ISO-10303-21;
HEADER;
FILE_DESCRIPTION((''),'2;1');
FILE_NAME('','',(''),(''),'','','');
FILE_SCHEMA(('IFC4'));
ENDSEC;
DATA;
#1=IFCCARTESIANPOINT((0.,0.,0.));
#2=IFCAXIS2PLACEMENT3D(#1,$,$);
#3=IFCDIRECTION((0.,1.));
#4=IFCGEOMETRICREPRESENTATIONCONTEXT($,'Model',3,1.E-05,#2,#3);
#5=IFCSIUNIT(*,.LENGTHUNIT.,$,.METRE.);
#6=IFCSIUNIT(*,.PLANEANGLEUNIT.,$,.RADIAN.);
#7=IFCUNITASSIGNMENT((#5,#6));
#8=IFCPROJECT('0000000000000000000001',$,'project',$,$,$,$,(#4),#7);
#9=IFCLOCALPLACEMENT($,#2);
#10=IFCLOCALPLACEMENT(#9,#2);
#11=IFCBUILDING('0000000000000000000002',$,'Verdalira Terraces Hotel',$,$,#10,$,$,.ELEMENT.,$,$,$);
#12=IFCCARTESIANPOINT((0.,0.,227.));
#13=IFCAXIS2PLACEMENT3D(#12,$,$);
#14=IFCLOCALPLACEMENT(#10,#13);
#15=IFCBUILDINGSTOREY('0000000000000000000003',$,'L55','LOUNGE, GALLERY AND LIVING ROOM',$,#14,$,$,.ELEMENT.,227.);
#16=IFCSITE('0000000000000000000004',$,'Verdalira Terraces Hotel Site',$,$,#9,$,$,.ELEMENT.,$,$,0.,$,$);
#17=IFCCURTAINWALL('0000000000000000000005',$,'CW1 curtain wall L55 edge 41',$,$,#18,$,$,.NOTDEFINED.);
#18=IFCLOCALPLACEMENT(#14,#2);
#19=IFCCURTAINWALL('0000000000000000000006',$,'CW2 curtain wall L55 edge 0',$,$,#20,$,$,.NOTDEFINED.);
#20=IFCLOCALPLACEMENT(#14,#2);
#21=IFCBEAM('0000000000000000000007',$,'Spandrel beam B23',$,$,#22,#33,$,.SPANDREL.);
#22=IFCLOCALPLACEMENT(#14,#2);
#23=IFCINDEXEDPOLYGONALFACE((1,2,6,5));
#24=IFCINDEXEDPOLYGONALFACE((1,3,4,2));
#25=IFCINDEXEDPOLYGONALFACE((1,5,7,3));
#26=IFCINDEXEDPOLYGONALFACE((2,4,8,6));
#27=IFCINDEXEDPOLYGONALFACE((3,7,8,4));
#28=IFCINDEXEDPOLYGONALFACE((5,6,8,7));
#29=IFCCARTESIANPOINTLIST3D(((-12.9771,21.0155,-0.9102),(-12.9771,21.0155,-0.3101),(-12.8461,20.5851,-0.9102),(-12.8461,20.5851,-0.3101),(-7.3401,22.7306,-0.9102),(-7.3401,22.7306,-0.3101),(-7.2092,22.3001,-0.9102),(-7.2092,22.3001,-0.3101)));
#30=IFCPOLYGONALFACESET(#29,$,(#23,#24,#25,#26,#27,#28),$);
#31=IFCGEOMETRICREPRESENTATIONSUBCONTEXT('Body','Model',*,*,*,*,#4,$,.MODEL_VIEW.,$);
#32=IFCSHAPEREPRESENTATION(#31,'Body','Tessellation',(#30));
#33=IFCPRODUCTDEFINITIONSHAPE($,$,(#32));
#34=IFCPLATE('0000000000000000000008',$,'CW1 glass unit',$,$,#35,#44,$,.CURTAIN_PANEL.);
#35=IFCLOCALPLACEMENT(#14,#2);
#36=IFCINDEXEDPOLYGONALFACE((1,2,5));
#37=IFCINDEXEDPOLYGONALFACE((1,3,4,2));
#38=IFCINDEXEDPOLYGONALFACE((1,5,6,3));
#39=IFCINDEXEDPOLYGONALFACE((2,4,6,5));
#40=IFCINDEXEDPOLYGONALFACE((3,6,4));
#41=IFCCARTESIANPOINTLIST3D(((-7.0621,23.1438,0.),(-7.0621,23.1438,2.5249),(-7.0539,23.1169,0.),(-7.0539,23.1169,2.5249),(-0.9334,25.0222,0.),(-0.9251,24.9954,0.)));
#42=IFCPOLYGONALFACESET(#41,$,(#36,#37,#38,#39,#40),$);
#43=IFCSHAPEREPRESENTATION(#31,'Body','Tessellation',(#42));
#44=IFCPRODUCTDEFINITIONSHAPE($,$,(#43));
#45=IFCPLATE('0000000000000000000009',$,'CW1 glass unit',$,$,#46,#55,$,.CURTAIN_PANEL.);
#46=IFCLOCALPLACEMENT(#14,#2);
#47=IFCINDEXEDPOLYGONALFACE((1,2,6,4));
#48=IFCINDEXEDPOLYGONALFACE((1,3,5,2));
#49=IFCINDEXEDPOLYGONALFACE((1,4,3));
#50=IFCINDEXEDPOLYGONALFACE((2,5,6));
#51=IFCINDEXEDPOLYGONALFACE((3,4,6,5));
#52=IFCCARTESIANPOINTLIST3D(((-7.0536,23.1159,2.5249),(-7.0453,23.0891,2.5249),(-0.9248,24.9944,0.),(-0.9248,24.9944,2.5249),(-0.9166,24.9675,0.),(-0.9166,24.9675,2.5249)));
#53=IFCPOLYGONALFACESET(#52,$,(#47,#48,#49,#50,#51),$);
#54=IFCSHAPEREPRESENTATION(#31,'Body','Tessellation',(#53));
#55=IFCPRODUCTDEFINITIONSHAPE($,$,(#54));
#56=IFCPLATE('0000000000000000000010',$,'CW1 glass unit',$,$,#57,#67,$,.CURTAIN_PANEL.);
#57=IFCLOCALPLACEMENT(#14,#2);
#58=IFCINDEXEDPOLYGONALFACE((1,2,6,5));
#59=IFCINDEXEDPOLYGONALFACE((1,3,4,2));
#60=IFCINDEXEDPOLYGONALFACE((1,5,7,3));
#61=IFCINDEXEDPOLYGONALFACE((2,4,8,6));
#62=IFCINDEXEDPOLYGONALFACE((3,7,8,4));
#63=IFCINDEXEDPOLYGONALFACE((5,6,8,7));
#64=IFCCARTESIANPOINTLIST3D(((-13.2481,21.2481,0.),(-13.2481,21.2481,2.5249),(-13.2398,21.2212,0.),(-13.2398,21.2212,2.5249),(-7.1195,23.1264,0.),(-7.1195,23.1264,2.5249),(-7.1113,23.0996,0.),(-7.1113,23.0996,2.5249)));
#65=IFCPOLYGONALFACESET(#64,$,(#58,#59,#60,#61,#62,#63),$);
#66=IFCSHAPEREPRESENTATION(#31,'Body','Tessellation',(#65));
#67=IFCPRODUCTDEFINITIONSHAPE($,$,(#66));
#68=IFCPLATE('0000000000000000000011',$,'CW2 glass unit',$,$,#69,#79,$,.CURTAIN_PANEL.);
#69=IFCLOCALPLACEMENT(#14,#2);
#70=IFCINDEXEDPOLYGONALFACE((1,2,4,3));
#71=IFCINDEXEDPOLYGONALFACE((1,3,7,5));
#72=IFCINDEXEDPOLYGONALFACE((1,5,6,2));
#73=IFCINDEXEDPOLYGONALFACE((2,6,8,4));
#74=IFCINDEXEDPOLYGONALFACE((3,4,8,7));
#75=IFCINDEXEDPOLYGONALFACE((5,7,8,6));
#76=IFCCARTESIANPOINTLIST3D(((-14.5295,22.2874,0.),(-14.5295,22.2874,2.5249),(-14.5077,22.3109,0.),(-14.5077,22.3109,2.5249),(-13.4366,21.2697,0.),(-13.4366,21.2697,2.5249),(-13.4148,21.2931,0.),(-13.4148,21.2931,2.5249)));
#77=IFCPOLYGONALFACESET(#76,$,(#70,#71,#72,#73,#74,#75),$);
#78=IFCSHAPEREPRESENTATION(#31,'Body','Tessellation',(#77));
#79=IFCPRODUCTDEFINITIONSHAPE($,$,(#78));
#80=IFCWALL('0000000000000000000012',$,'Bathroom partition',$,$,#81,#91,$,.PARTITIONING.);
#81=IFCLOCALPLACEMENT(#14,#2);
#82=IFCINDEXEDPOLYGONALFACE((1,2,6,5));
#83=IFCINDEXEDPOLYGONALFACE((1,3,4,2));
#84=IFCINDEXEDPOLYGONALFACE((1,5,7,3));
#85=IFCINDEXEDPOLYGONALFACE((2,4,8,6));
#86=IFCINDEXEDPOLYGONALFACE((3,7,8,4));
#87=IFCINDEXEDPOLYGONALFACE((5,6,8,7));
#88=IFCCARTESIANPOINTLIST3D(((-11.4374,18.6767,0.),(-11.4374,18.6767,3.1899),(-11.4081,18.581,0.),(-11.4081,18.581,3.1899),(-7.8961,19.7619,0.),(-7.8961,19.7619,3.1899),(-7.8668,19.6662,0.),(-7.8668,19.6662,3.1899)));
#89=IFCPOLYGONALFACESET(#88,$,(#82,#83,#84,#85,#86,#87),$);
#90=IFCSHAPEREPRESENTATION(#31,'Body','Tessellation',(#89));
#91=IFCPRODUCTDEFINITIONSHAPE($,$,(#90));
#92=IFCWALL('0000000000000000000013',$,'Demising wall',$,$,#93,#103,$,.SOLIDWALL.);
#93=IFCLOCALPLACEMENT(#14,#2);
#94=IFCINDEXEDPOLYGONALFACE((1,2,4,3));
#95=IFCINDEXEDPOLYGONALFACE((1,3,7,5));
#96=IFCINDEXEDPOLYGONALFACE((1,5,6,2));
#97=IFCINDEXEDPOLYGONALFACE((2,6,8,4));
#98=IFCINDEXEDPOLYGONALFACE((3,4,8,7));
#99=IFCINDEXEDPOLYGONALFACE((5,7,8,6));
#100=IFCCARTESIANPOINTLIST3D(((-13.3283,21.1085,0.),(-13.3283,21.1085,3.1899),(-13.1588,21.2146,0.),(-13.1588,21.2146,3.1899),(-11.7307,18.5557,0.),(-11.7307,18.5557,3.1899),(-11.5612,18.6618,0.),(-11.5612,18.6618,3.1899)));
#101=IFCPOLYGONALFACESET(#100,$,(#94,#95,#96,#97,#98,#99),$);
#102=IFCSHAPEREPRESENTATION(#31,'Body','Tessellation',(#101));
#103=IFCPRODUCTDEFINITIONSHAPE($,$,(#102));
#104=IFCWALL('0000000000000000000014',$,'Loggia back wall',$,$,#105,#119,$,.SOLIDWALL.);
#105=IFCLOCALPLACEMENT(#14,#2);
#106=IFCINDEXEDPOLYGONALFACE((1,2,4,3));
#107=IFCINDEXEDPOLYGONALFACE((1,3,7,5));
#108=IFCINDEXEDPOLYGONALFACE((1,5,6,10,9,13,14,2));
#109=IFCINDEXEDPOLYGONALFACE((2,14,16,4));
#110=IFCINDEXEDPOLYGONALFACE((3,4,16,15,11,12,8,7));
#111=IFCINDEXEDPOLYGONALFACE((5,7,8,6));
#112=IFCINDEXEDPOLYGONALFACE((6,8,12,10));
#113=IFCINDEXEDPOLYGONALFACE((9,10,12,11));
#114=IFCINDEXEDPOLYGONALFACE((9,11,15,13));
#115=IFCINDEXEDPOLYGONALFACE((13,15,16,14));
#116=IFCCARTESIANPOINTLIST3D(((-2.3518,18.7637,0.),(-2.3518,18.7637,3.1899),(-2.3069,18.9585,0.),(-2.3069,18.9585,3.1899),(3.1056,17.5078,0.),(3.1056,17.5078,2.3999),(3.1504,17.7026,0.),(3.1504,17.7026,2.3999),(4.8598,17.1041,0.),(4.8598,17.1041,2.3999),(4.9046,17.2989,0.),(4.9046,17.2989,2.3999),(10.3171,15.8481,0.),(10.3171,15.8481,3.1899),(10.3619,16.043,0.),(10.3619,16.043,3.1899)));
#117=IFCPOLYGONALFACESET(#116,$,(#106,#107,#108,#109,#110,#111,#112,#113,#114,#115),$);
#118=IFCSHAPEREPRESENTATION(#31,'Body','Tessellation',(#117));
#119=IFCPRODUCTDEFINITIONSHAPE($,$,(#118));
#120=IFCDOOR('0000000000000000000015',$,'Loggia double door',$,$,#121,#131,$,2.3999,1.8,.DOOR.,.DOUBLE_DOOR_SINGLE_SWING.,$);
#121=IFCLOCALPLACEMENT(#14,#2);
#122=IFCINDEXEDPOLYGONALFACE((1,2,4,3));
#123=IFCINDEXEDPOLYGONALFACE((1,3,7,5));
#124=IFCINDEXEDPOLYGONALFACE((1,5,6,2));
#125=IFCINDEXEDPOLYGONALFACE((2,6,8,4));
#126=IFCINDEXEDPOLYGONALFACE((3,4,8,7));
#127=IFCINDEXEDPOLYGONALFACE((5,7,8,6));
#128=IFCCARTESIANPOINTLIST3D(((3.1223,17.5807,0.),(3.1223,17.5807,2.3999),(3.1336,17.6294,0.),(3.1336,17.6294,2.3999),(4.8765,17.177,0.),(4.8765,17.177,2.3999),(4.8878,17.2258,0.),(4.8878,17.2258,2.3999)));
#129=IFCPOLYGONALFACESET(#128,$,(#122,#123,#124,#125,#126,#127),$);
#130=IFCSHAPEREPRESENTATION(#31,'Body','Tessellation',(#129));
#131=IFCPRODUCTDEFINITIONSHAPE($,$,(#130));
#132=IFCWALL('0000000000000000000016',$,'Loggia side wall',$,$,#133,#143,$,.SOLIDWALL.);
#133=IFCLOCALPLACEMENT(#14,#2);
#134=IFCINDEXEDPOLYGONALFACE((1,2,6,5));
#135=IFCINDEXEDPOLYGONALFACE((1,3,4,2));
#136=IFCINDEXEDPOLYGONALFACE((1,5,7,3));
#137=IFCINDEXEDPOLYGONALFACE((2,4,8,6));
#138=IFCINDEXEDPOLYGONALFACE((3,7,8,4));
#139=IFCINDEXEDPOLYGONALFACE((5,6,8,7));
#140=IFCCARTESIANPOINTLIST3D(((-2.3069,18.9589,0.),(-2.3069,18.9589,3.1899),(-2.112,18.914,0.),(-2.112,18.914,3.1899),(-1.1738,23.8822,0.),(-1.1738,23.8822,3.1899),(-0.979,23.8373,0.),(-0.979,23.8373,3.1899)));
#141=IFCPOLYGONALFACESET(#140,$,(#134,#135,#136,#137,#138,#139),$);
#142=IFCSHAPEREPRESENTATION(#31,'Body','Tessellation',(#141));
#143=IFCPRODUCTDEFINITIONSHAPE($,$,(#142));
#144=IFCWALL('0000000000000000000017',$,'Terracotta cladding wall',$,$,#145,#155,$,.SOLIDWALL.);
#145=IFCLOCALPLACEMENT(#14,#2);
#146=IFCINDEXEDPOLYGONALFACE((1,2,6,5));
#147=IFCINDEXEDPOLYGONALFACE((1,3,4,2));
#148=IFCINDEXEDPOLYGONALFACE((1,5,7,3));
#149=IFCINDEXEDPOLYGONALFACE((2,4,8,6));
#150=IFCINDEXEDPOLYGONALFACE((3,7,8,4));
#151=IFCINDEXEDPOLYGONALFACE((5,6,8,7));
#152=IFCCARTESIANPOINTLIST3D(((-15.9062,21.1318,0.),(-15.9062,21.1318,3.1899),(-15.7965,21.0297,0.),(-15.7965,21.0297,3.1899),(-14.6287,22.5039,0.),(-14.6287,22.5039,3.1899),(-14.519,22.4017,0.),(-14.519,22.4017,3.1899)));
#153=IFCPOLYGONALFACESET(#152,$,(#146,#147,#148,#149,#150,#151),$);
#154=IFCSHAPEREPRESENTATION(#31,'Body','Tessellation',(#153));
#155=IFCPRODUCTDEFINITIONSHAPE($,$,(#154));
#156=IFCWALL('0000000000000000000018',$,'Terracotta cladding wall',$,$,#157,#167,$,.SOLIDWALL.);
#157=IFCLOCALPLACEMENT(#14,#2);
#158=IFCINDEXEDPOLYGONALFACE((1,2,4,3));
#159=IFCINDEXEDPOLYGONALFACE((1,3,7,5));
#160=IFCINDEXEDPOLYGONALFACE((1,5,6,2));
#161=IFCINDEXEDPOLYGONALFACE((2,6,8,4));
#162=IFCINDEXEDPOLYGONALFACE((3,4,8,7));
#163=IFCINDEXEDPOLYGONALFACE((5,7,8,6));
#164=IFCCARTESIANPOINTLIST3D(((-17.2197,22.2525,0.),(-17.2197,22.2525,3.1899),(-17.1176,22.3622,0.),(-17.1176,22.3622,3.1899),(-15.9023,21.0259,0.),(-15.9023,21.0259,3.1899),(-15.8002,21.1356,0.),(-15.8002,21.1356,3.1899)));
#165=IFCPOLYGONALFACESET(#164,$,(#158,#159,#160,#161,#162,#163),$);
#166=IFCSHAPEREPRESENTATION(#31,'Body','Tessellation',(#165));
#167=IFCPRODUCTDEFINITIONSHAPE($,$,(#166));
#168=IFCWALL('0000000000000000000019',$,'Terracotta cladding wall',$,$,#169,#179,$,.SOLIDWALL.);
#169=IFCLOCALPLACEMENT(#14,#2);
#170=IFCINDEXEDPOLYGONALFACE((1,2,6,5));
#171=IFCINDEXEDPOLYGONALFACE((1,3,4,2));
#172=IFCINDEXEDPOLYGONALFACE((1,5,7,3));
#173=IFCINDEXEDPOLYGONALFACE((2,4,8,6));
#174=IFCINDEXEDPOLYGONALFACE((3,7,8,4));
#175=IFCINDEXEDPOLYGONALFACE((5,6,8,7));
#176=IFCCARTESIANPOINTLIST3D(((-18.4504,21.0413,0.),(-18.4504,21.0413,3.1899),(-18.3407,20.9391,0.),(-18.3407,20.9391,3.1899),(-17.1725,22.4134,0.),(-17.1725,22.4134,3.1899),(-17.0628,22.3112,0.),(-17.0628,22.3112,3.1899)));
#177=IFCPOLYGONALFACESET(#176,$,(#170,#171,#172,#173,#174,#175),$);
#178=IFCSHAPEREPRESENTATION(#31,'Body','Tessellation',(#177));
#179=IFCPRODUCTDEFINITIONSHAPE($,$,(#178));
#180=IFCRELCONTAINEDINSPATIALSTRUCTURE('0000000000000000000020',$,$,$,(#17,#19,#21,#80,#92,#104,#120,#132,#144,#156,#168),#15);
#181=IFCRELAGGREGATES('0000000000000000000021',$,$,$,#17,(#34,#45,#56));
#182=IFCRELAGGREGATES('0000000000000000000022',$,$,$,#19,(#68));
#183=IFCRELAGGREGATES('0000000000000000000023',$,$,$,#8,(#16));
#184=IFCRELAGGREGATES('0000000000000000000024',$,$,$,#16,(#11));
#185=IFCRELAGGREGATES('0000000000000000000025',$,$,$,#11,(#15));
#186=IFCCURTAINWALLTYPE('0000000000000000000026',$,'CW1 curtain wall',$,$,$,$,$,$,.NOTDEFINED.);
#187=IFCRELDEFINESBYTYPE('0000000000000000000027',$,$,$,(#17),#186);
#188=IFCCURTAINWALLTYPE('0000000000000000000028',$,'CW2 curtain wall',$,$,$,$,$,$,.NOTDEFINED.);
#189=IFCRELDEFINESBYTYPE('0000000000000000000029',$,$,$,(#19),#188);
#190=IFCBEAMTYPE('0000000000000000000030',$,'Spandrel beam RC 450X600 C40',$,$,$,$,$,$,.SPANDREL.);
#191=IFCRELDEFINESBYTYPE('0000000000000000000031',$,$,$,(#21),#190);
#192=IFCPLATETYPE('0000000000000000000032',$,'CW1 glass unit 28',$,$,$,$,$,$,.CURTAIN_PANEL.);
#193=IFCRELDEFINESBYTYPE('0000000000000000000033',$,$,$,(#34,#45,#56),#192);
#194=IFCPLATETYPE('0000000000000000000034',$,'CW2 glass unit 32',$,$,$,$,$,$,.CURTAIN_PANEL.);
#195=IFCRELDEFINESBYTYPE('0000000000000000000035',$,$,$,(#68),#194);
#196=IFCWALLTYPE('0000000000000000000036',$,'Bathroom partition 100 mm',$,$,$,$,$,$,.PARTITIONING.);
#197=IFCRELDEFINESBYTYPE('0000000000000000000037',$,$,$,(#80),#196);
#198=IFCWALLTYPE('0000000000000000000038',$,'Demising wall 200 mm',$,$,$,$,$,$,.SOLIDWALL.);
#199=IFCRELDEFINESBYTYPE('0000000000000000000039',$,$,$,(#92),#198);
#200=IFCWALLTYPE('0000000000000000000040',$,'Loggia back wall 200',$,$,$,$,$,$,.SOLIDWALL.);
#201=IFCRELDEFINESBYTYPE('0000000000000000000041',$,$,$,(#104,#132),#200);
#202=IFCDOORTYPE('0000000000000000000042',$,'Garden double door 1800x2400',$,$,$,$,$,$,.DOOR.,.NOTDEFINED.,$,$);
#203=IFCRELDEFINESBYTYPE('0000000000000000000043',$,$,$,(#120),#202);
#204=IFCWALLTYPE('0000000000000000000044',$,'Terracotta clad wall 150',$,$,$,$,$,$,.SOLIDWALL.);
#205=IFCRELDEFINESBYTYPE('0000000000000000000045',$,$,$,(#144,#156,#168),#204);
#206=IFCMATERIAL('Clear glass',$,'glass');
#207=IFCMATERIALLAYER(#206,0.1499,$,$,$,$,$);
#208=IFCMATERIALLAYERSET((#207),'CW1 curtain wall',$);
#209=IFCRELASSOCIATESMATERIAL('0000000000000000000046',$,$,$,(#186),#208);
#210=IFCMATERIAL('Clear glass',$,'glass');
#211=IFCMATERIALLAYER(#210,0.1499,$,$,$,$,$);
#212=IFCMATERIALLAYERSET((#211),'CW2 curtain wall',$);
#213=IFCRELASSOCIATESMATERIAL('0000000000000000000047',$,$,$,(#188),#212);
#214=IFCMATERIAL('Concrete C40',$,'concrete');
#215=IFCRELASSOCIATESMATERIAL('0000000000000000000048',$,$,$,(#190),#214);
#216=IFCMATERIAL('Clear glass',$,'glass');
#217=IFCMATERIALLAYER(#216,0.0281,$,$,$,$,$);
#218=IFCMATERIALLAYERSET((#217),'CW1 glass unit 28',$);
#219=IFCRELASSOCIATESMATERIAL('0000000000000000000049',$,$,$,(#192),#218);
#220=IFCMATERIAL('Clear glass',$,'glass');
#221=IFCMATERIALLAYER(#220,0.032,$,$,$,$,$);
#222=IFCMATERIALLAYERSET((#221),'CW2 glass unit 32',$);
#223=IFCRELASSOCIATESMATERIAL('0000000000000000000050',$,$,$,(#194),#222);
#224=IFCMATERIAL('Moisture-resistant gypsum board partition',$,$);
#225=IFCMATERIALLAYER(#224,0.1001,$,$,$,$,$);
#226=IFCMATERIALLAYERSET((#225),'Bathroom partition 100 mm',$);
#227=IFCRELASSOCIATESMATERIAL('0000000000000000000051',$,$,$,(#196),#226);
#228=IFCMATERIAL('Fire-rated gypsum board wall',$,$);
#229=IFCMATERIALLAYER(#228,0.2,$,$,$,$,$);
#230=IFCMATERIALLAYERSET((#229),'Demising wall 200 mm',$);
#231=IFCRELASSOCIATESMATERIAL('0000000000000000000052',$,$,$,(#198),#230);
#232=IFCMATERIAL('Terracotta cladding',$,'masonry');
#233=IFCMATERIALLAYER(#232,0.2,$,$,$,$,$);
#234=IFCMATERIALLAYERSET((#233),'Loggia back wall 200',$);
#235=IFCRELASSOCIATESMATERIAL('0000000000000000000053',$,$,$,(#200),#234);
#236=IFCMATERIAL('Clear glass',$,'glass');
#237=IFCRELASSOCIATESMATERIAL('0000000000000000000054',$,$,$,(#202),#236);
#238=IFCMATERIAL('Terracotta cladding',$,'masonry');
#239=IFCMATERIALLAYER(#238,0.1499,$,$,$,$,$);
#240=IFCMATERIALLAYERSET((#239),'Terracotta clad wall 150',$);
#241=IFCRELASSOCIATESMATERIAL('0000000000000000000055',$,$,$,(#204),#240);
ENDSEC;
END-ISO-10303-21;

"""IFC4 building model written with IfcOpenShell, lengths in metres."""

from ifc_helpers import new_model, si_unit, direction, frame, frame_2d, origin, origin_2d, place, context, subcontext, project, spatial, polyline, rectangle, outline, extrude, material, layer, layer_set, material_profile, profile_set, type_object, element, fill, aggregate, save


model = new_model("IFC4")

# Units and contexts
model_context = context("Model", 3, precision=1e-05, world=origin(), true_north=direction((0.0, 1.0)))
body_context = subcontext(model_context, "Body", "Model", "MODEL_VIEW")
ifc_project = project(units=[si_unit("LENGTHUNIT", "METRE"), si_unit("PLANEANGLEUNIT", "RADIAN")], contexts=[model_context])

# Site, building, storey
site_placement = place(None, origin())
site = spatial("IfcSite", under=ifc_project, at=site_placement, Name="Verdalira Terraces Hotel Site", CompositionType="ELEMENT", RefElevation=0.0)
building_placement = place(site_placement, origin())
building = spatial("IfcBuilding", under=site, at=building_placement, Name="Verdalira Terraces Hotel", CompositionType="ELEMENT")
storey_placement = place(building_placement, frame((0.0, 0.0, 227.0)))
storey = spatial("IfcBuildingStorey", under=building, at=storey_placement, Name="L55", Description="LOUNGE, GALLERY AND LIVING ROOM", CompositionType="ELEMENT", Elevation=227.0)

# Curtain walls
ifc_material_1 = material(Name="Clear glass", Category="glass")
ifc_layer_1 = layer(ifc_material_1, 0.1499)
ifc_layer_set_1 = layer_set([ifc_layer_1], Name="CW1 curtain wall")
curtain_wall_type_1 = type_object("IfcCurtainWallType", Name="CW1 curtain wall", PredefinedType="NOTDEFINED", material=ifc_layer_set_1)
curtain_wall_1_placement = place(storey_placement, origin())
curtain_wall_1 = element("IfcCurtainWall", 1, at=curtain_wall_1_placement, inside=storey, type_object=curtain_wall_type_1, Name="CW1 curtain wall L55 edge 41", PredefinedType="NOTDEFINED")
ifc_material_2 = material(Name="Clear glass", Category="glass")
ifc_layer_2 = layer(ifc_material_2, 0.1499)
ifc_layer_set_2 = layer_set([ifc_layer_2], Name="CW2 curtain wall")
curtain_wall_type_2 = type_object("IfcCurtainWallType", Name="CW2 curtain wall", PredefinedType="NOTDEFINED", material=ifc_layer_set_2)
curtain_wall_2_placement = place(storey_placement, origin())
curtain_wall_2 = element("IfcCurtainWall", 2, at=curtain_wall_2_placement, inside=storey, type_object=curtain_wall_type_2, Name="CW2 curtain wall L55 edge 0", PredefinedType="NOTDEFINED")

# Beam
ifc_material_3 = material(Name="Concrete C40", Category="concrete")
ifc_material_profile_1 = material_profile(ifc_material_3, rectangle(XDim=0.45, YDim=0.6001, at=origin_2d()), Name="RC 450X600")
ifc_profile_set_1 = profile_set([ifc_material_profile_1], Name="Concrete C40")
beam_type = type_object("IfcBeamType", Name="Spandrel beam RC 450X600 C40", PredefinedType="SPANDREL", material=ifc_profile_set_1)
beam_1_placement = place(storey_placement, frame((-7.2747, 22.5154, -0.6101), z_axis=(-0.956698, -0.291082, 0.0), x_axis=(0.291082, -0.956698, 0.0)))
element("IfcBeam", 3, at=beam_1_placement, inside=storey, type_object=beam_type, Name="Spandrel beam B23", PredefinedType="SPANDREL", context=body_context, shape_type="SweptSolid", body=[
    extrude(rectangle(XDim=0.45, YDim=0.6001, at=origin_2d()), origin(), (0.0, 0.0, 1.0), 5.8921),
])

# Plates
ifc_material_4 = material(Name="Clear glass", Category="glass")
ifc_layer_3 = layer(ifc_material_4, 0.0281)
ifc_layer_set_3 = layer_set([ifc_layer_3], Name="CW1 glass unit 28")
plate_type_1 = type_object("IfcPlateType", Name="CW1 glass unit 28", PredefinedType="CURTAIN_PANEL", material=ifc_layer_set_3)
plate_1_placement = place(storey_placement, frame((-3.9895, 24.0562, 1.2625), z_axis=(-0.293039, 0.9561, 0.0), x_axis=(-0.9561, -0.293039, 0.0)))
plate_1 = element("IfcPlate", 4, at=plate_1_placement, type_object=plate_type_1, Name="CW1 glass unit", PredefinedType="CURTAIN_PANEL", context=body_context, shape_type="SweptSolid", body=[
    extrude(outline(polyline([(-3.2051, -1.2625), (3.2051, -1.2625), (3.2051, 1.2625), (-3.2051, -1.2625)])), origin(), (0.0, 0.0, 1.0), 0.0281),
])
plate_2_placement = place(storey_placement, frame((-3.981, 24.0283, 1.2625), z_axis=(-0.293039, 0.9561, 0.0), x_axis=(-0.9561, -0.293039, 0.0)))
plate_2 = element("IfcPlate", 5, at=plate_2_placement, type_object=plate_type_1, Name="CW1 glass unit", PredefinedType="CURTAIN_PANEL", context=body_context, shape_type="SweptSolid", body=[
    extrude(outline(polyline([(-3.2051, -1.2625), (3.2051, 1.2625), (-3.2051, 1.2625), (-3.2051, -1.2625)])), origin(), (0.0, 0.0, 1.0), 0.0281),
])
plate_3_placement = place(storey_placement, frame((-10.1797, 22.1738, 0.0), z_axis=(0.0, 0.0, 1.0), x_axis=(-0.9561, -0.293039, 0.0)))
plate_3 = element("IfcPlate", 6, at=plate_3_placement, type_object=plate_type_1, Name="CW1 glass unit", PredefinedType="CURTAIN_PANEL", context=body_context, shape_type="SweptSolid", body=[
    extrude(rectangle(XDim=6.4099, YDim=0.0281, at=origin_2d()), origin(), (0.0, 0.0, 1.0), 2.5249),
])
aggregate(curtain_wall_1, [plate_1, plate_2, plate_3])
ifc_material_5 = material(Name="Clear glass", Category="glass")
ifc_layer_4 = layer(ifc_material_5, 0.032)
ifc_layer_set_4 = layer_set([ifc_layer_4], Name="CW2 glass unit 32")
plate_type_2 = type_object("IfcPlateType", Name="CW2 glass unit 32", PredefinedType="CURTAIN_PANEL", material=ifc_layer_set_4)
plate_4_placement = place(storey_placement, frame((-13.9722, 21.7903, 0.0), z_axis=(0.0, 0.0, 1.0), x_axis=(-0.73183, 0.681488, 0.0)))
plate_4 = element("IfcPlate", 7, at=plate_4_placement, type_object=plate_type_2, Name="CW2 glass unit", PredefinedType="CURTAIN_PANEL", context=body_context, shape_type="SweptSolid", body=[
    extrude(rectangle(XDim=1.4934, YDim=0.032, at=origin_2d()), origin(), (0.0, 0.0, 1.0), 2.5249),
])
aggregate(curtain_wall_2, [plate_4])

# Walls
ifc_material_6 = material(Name="Moisture-resistant gypsum board partition")
ifc_layer_5 = layer(ifc_material_6, 0.1001)
ifc_layer_set_5 = layer_set([ifc_layer_5], Name="Bathroom partition 100 mm")
wall_type_1 = type_object("IfcWallType", Name="Bathroom partition 100 mm", PredefinedType="PARTITIONING", material=ifc_layer_set_5)
wall_1_placement = place(storey_placement, frame((-7.8813, 19.7141, 0.0), z_axis=(0.0, 0.0, 1.0), x_axis=(-0.956113, -0.292997, 0.0)))
element("IfcWall", 8, at=wall_1_placement, inside=storey, type_object=wall_type_1, Name="Bathroom partition", PredefinedType="PARTITIONING", context=body_context, shape_type="SweptSolid", body=[
    extrude(rectangle(XDim=3.7039, YDim=0.1001, at=frame_2d((1.8521, 0.0))), origin(), (0.0, 0.0, 1.0), 3.1899),
])
ifc_material_7 = material(Name="Fire-rated gypsum board wall")
ifc_layer_6 = layer(ifc_material_7, 0.2)
ifc_layer_set_6 = layer_set([ifc_layer_6], Name="Demising wall 200 mm")
wall_type_2 = type_object("IfcWallType", Name="Demising wall 200 mm", PredefinedType="SOLIDWALL", material=ifc_layer_set_6)
wall_2_placement = place(storey_placement, frame((-13.2437, 21.1616, 0.0), z_axis=(0.0, 0.0, 1.0), x_axis=(0.530524, -0.84767, 0.0)))
element("IfcWall", 9, at=wall_2_placement, inside=storey, type_object=wall_type_2, Name="Demising wall", PredefinedType="SOLIDWALL", context=body_context, shape_type="SweptSolid", body=[
    extrude(rectangle(XDim=3.0115, YDim=0.2, at=frame_2d((1.5059, 0.0))), origin(), (0.0, 0.0, 1.0), 3.1899),
])

# Wall, opening, door
ifc_material_8 = material(Name="Terracotta cladding", Category="masonry")
ifc_layer_7 = layer(ifc_material_8, 0.2)
ifc_layer_set_7 = layer_set([ifc_layer_7], Name="Loggia back wall 200")
wall_type_3 = type_object("IfcWallType", Name="Loggia back wall 200", PredefinedType="SOLIDWALL", material=ifc_layer_set_7)
wall_3_placement = place(storey_placement, frame((-2.3293, 18.8611, 0.0), z_axis=(0.0, 0.0, 1.0), x_axis=(0.974527, -0.22427, 0.0)))
wall_3 = element("IfcWall", 10, at=wall_3_placement, inside=storey, type_object=wall_type_3, Name="Loggia back wall", PredefinedType="SOLIDWALL", context=body_context, shape_type="SweptSolid", body=[
    extrude(rectangle(XDim=13.0, YDim=0.2, at=frame_2d((6.5, 0.0))), origin(), (0.0, 0.0, 1.0), 3.1899),
])
opening_placement = place(wall_3_placement, frame((5.6001, 0.0, 0.0)))
opening = element("IfcOpeningElement", 11, at=opening_placement, cuts=wall_3, PredefinedType="OPENING", context=body_context, shape_type="SweptSolid", body=[
    extrude(rectangle(XDim=1.8, YDim=2.3999, at=frame_2d((0.8999, 1.2))), frame((0.0, 0.1099, 0.0), z_axis=(0.0, -1.0, 0.0), x_axis=(1.0, 0.0, 0.0)), (0.0, 0.0, 1.0), 0.22),
])
ifc_material_9 = material(Name="Clear glass", Category="glass")
door_type = type_object("IfcDoorType", Name="Garden double door 1800x2400", OperationType="NOTDEFINED", PredefinedType="DOOR", material=ifc_material_9)
door_placement = place(opening_placement, origin())
door = element("IfcDoor", 12, at=door_placement, inside=storey, type_object=door_type, Name="Loggia double door", OperationType="DOUBLE_DOOR_SINGLE_SWING", OverallHeight=2.3999, OverallWidth=1.8, PredefinedType="DOOR", context=body_context, shape_type="SweptSolid", body=[
    extrude(rectangle(XDim=1.8, YDim=2.3999, at=frame_2d((0.8999, 1.2))), frame((0.0, 0.0249, 0.0), z_axis=(0.0, -1.0, 0.0), x_axis=(1.0, 0.0, 0.0)), (0.0, 0.0, 1.0), 0.05),
])
fill(opening, door)

# Walls
wall_4_placement = place(storey_placement, frame((-1.0764, 23.8596, 0.0), z_axis=(0.0, 0.0, 1.0), x_axis=(-0.224277, -0.974525, 0.0)))
element("IfcWall", 13, at=wall_4_placement, inside=storey, type_object=wall_type_3, Name="Loggia side wall", PredefinedType="SOLIDWALL", context=body_context, shape_type="SweptSolid", body=[
    extrude(rectangle(XDim=5.052, YDim=0.2, at=frame_2d((2.5259, 0.0))), origin(), (0.0, 0.0, 1.0), 3.1899),
])
ifc_material_10 = material(Name="Terracotta cladding", Category="masonry")
ifc_layer_8 = layer(ifc_material_10, 0.1499)
ifc_layer_set_8 = layer_set([ifc_layer_8], Name="Terracotta clad wall 150")
wall_type_4 = type_object("IfcWallType", Name="Terracotta clad wall 150", PredefinedType="SOLIDWALL", material=ifc_layer_set_8)
wall_5_placement = place(storey_placement, frame((-14.5737, 22.4529, 0.0), z_axis=(0.0, 0.0, 1.0), x_axis=(-0.681459, -0.731856, 0.0)))
element("IfcWall", 14, at=wall_5_placement, inside=storey, type_object=wall_type_4, Name="Terracotta cladding wall", PredefinedType="SOLIDWALL", context=body_context, shape_type="SweptSolid", body=[
    extrude(rectangle(XDim=1.8748, YDim=0.1499, at=frame_2d((0.9375, 0.0))), origin(), (0.0, 0.0, 1.0), 3.1899),
])
wall_6_placement = place(storey_placement, frame((-15.8513, 21.0808, 0.0), z_axis=(0.0, 0.0, 1.0), x_axis=(-0.731885, 0.681429, 0.0)))
element("IfcWall", 15, at=wall_6_placement, inside=storey, type_object=wall_type_4, Name="Terracotta cladding wall", PredefinedType="SOLIDWALL", context=body_context, shape_type="SweptSolid", body=[
    extrude(rectangle(XDim=1.8, YDim=0.1499, at=frame_2d((0.8999, 0.0))), origin(), (0.0, 0.0, 1.0), 3.1899),
])
wall_7_placement = place(storey_placement, frame((-17.1177, 22.3623, 0.0), z_axis=(0.0, 0.0, 1.0), x_axis=(-0.681529, -0.731791, 0.0)))
element("IfcWall", 16, at=wall_7_placement, inside=storey, type_object=wall_type_4, Name="Terracotta cladding wall", PredefinedType="SOLIDWALL", context=body_context, shape_type="SweptSolid", body=[
    extrude(rectangle(XDim=1.875, YDim=0.1499, at=frame_2d((0.9375, 0.0))), origin(), (0.0, 0.0, 1.0), 3.1899),
])

save(model, "model.ifc")
